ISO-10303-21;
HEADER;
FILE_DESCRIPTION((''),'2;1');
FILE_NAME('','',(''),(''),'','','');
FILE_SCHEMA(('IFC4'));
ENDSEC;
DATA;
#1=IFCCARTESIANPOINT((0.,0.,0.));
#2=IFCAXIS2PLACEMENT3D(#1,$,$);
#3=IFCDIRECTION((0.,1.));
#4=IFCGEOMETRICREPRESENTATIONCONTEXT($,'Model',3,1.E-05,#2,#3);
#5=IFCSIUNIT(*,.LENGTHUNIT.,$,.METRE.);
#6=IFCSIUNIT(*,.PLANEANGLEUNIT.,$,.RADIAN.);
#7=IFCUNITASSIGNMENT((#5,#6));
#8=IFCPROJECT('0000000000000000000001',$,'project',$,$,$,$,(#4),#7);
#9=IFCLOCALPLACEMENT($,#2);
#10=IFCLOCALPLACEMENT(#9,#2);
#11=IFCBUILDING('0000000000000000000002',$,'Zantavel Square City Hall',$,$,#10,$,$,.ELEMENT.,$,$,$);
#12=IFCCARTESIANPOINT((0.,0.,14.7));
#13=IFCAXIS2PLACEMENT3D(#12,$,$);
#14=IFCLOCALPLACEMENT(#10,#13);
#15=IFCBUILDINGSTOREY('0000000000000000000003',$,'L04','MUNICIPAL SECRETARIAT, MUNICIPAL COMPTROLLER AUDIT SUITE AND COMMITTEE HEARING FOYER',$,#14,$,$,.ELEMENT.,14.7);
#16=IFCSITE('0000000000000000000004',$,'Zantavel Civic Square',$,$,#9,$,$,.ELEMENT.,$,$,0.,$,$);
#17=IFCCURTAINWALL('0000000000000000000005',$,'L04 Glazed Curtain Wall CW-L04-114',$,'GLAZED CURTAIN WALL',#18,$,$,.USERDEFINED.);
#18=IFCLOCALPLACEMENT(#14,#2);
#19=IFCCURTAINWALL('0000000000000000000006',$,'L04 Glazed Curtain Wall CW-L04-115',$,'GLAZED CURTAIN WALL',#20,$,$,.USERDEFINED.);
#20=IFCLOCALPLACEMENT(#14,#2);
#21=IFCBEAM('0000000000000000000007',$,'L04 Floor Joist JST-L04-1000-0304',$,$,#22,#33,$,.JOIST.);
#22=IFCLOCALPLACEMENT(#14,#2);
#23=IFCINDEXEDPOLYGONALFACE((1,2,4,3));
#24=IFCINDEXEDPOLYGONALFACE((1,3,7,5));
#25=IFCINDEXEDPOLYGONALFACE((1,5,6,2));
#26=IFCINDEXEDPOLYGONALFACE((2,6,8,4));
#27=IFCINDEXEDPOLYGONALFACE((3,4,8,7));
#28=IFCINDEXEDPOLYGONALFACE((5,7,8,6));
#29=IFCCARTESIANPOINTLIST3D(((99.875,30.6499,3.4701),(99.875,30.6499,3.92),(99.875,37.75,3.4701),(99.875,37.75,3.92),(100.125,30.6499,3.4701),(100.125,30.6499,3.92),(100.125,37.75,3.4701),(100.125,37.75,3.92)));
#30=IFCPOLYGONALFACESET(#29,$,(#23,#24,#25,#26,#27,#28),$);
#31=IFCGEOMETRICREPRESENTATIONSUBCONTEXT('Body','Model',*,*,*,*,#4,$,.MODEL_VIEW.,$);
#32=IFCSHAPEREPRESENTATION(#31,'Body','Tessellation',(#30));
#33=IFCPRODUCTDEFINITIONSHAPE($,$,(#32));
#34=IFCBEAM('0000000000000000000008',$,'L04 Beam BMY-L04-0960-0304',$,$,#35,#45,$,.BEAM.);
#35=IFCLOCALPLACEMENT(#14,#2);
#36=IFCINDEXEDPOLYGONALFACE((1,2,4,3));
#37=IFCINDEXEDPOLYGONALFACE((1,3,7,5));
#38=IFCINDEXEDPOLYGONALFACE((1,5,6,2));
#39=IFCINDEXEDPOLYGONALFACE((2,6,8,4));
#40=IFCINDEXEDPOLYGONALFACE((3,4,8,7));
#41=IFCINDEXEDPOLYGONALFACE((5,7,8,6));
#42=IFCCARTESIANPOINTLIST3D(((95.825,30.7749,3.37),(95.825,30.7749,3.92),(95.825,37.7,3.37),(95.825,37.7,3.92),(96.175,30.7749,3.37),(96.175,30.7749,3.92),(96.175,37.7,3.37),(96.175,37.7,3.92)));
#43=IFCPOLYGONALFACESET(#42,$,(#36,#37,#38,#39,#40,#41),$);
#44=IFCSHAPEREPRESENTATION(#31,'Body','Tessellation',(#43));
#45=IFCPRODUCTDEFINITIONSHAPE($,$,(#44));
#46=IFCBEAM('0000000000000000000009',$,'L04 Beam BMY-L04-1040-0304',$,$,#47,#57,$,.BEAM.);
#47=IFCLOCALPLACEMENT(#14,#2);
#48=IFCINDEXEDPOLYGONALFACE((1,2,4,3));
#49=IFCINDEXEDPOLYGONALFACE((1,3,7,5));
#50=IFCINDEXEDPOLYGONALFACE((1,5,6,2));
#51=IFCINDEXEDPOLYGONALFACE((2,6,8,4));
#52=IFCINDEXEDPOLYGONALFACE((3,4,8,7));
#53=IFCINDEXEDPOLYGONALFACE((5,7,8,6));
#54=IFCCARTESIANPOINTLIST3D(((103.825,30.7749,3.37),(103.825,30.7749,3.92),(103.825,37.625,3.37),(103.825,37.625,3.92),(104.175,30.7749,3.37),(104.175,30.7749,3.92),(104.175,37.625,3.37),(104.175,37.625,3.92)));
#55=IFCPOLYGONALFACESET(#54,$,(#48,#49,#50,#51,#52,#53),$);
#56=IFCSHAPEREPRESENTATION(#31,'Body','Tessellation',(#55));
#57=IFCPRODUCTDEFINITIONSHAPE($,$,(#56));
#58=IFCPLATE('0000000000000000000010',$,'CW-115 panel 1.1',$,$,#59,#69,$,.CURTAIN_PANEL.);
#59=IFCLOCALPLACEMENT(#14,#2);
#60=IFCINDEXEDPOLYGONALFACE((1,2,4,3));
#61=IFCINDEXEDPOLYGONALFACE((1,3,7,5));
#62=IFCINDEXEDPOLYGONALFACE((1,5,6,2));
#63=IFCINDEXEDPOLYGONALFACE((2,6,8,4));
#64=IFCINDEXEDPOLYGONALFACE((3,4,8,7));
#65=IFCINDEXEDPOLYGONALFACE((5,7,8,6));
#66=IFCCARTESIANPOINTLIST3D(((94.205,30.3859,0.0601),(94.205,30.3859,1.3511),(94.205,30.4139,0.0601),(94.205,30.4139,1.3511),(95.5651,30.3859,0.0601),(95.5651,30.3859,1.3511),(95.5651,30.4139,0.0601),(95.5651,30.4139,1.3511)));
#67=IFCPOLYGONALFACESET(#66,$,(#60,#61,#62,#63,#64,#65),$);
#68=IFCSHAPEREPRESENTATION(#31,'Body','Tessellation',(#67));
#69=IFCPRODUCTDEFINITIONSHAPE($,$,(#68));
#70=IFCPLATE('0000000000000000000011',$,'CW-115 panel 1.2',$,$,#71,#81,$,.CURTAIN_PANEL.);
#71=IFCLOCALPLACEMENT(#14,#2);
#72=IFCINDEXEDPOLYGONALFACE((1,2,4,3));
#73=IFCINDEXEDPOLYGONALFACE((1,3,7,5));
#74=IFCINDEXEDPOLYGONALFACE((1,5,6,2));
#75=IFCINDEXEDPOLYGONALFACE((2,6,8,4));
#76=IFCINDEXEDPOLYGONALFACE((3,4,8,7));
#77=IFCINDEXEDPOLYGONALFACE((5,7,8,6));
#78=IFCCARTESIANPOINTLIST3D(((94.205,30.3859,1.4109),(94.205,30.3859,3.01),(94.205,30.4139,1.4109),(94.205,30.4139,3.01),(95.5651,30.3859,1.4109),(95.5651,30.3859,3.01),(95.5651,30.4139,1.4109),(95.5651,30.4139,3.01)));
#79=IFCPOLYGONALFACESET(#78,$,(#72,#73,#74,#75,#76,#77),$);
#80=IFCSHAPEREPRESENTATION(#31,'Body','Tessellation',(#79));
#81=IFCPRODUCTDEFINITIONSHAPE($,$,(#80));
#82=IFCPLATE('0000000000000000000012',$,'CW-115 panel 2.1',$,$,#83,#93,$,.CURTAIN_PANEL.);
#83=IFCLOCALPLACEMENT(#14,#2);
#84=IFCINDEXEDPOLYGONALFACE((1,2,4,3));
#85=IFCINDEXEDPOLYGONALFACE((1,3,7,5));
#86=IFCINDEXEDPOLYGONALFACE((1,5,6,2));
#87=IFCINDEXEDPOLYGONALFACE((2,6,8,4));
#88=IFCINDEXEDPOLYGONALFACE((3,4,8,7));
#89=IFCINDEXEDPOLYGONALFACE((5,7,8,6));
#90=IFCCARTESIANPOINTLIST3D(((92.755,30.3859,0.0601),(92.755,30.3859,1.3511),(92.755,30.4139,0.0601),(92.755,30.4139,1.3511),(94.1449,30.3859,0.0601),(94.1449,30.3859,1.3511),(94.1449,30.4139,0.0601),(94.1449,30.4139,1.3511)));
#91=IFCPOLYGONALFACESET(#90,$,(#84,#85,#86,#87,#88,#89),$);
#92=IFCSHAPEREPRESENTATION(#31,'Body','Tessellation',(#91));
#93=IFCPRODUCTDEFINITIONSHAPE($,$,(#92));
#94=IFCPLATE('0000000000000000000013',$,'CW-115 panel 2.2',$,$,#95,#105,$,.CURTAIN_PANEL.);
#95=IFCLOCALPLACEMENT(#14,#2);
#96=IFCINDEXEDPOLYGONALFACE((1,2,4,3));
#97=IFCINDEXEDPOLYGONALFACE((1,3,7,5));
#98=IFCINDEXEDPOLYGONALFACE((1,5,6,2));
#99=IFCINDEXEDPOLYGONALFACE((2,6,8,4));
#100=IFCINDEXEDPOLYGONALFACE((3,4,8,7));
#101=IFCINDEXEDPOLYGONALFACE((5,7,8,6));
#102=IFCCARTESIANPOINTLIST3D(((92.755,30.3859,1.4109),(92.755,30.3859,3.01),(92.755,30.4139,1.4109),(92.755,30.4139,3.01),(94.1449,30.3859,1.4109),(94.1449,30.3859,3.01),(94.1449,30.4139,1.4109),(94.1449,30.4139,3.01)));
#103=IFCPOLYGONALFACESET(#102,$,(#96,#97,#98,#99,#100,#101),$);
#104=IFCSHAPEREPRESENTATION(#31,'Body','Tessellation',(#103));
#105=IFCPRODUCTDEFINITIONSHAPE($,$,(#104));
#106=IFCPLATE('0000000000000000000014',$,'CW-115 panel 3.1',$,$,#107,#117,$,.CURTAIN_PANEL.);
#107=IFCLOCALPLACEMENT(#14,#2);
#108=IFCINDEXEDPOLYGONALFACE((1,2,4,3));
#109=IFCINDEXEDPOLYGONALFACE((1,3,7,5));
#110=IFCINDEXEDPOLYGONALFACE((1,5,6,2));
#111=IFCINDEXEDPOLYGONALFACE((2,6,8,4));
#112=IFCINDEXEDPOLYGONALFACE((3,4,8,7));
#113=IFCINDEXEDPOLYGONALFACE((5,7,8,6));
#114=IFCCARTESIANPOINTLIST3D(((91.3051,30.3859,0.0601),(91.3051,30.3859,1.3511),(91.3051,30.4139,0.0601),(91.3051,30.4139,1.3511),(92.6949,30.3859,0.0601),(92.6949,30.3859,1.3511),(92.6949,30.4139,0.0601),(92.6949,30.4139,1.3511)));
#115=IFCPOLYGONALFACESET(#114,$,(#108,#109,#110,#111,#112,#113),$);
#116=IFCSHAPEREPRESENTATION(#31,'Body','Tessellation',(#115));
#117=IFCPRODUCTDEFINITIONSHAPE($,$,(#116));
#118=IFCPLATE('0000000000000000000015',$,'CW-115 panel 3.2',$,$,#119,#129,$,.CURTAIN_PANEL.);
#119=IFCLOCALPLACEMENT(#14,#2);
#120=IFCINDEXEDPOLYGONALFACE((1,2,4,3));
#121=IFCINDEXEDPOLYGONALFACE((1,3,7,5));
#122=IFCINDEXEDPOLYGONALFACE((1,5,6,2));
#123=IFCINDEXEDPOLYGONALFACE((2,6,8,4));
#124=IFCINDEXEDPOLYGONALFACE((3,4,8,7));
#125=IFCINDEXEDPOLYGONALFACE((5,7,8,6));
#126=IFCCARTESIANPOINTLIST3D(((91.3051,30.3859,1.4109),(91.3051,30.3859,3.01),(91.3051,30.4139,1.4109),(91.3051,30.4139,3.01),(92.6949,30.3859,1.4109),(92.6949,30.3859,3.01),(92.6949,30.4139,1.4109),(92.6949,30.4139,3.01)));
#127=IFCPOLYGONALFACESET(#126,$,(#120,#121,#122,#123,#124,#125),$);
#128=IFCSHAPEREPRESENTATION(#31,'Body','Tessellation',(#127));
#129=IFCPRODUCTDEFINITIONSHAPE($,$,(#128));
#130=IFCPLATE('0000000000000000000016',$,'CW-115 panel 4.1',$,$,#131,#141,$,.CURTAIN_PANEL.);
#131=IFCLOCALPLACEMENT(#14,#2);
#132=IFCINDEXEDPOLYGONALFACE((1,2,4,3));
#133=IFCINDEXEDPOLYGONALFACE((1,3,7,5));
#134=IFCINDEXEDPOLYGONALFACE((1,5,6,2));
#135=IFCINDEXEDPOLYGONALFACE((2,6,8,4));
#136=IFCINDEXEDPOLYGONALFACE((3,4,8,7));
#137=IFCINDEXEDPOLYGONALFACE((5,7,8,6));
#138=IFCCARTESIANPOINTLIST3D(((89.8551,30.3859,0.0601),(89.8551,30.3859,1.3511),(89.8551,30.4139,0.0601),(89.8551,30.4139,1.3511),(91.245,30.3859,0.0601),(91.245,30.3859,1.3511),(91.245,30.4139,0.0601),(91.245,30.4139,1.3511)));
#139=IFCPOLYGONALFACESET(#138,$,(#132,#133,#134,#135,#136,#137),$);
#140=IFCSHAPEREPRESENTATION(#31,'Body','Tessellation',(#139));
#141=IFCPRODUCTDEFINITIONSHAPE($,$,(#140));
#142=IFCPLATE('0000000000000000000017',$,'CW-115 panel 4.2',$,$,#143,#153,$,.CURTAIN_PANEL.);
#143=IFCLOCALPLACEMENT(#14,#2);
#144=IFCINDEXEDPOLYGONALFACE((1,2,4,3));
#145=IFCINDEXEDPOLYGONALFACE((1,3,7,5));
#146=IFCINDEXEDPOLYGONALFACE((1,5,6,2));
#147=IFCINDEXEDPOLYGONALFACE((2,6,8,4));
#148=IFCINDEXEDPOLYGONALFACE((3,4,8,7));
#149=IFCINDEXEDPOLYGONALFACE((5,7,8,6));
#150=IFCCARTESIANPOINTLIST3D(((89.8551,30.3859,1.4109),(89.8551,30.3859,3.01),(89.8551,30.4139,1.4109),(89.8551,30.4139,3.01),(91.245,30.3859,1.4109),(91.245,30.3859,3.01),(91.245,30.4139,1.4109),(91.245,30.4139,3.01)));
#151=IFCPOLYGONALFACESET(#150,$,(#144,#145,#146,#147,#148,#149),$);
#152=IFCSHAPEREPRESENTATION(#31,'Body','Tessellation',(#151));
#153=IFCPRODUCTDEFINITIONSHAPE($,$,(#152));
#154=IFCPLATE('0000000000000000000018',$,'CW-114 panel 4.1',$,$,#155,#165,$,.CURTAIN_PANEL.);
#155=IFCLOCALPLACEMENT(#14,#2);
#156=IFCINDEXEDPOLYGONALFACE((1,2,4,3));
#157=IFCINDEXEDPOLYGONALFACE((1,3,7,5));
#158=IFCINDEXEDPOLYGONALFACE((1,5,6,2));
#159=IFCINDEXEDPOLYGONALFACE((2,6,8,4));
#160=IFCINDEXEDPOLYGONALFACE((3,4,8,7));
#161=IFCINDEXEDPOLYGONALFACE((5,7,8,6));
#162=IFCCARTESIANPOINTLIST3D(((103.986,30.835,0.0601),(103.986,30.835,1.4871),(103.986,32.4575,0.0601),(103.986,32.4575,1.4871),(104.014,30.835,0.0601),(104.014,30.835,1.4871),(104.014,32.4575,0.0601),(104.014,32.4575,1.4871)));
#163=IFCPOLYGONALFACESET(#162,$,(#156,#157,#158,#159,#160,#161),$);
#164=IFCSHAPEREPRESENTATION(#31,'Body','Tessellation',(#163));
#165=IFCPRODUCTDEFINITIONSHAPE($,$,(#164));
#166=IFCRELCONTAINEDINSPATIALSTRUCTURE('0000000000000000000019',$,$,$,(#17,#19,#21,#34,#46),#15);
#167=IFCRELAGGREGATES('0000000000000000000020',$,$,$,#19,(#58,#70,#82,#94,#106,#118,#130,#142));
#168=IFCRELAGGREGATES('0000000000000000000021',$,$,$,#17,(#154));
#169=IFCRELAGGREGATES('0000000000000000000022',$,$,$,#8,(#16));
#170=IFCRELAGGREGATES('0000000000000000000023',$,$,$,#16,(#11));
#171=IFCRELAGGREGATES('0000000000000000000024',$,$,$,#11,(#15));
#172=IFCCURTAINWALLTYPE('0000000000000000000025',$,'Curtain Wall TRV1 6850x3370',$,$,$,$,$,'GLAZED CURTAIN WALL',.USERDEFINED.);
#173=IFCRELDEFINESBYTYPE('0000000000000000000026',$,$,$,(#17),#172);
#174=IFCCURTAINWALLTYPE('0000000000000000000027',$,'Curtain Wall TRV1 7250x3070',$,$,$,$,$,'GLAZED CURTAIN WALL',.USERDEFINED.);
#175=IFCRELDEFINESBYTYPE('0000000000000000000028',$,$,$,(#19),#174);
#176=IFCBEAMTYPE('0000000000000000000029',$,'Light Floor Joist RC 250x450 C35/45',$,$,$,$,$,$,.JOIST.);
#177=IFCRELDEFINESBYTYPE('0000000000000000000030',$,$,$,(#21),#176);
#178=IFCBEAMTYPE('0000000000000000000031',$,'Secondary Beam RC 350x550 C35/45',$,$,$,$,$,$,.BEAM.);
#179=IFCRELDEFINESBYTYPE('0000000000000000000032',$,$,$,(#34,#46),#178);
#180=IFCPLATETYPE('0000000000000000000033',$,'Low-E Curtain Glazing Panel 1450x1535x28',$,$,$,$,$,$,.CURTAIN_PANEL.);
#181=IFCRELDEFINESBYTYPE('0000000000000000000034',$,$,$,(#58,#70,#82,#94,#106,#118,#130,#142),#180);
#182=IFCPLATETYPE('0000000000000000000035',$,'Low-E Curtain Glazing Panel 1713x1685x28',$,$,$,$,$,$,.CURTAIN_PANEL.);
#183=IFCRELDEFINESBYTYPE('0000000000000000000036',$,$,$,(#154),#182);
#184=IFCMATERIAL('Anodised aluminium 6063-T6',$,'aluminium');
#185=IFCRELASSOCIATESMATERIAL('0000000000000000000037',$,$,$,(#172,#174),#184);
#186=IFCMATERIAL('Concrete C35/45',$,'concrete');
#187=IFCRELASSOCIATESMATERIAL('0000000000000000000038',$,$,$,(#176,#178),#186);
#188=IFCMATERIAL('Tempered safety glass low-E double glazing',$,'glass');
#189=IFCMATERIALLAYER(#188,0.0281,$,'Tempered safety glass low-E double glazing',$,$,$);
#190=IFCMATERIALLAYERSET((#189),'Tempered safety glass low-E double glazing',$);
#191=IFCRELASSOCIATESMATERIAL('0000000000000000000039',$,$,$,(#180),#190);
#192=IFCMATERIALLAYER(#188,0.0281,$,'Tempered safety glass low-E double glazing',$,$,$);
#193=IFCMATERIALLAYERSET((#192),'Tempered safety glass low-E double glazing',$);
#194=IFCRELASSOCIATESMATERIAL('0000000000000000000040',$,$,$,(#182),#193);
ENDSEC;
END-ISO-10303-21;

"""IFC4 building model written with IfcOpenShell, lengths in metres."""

from ifc_helpers import new_model, si_unit, direction, frame, origin, origin_2d, place, context, subcontext, project, spatial, rectangle, extrude, material, layer, layer_set, material_profile, profile_set, type_object, element, aggregate, save


model = new_model("IFC4")

# Units and contexts
model_context = context("Model", 3, precision=1e-05, world=origin(), true_north=direction((0.0, 1.0)))
body_context = subcontext(model_context, "Body", "Model", "MODEL_VIEW")
ifc_project = project(units=[si_unit("LENGTHUNIT", "METRE"), si_unit("PLANEANGLEUNIT", "RADIAN")], contexts=[model_context])

# Site, building, storey
site_placement = place(None, origin())
site = spatial("IfcSite", under=ifc_project, at=site_placement, Name="Zantavel Civic Square", CompositionType="ELEMENT", RefElevation=0.0)
building_placement = place(site_placement, origin())
building = spatial("IfcBuilding", under=site, at=building_placement, Name="Zantavel Square City Hall", CompositionType="ELEMENT")
storey_placement = place(building_placement, frame((0.0, 0.0, 14.7)))
storey = spatial("IfcBuildingStorey", under=building, at=storey_placement, Name="L04", Description="MUNICIPAL SECRETARIAT, MUNICIPAL COMPTROLLER AUDIT SUITE AND COMMITTEE HEARING FOYER", CompositionType="ELEMENT", Elevation=14.7)

# Curtain wall
ifc_material_1 = material(Name="Anodised aluminium 6063-T6", Category="aluminium")
curtain_wall_type_1 = type_object("IfcCurtainWallType", Name="Curtain Wall TRV1 6850x3370", ElementType="GLAZED CURTAIN WALL", PredefinedType="USERDEFINED", material=ifc_material_1)
curtain_wall_1_placement = place(storey_placement, origin())
curtain_wall_1 = element("IfcCurtainWall", 1, at=curtain_wall_1_placement, inside=storey, type_object=curtain_wall_type_1, Name="L04 Glazed Curtain Wall CW-L04-114", ObjectType="GLAZED CURTAIN WALL", PredefinedType="USERDEFINED")

# Curtain wall
curtain_wall_type_2 = type_object("IfcCurtainWallType", Name="Curtain Wall TRV1 7250x3070", ElementType="GLAZED CURTAIN WALL", PredefinedType="USERDEFINED", material=ifc_material_1)
curtain_wall_2_placement = place(storey_placement, origin())
curtain_wall_2 = element("IfcCurtainWall", 2, at=curtain_wall_2_placement, inside=storey, type_object=curtain_wall_type_2, Name="L04 Glazed Curtain Wall CW-L04-115", ObjectType="GLAZED CURTAIN WALL", PredefinedType="USERDEFINED")

# Beams
ifc_material_2 = material(Name="Concrete C35/45", Category="concrete")
ifc_material_profile_1 = material_profile(ifc_material_2, rectangle(XDim=0.25, YDim=0.45, at=origin_2d()), Name="RC 250x450")
ifc_profile_set_1 = profile_set([ifc_material_profile_1], Name="Concrete C35/45")
beam_type_1 = type_object("IfcBeamType", Name="Light Floor Joist RC 250x450 C35/45", PredefinedType="JOIST", material=ifc_profile_set_1)
for number, where, z_axis, x_axis, name in (
    (3, (100.0, 30.6499, 3.6951), (0.0, 1.0, 0.0), (-1.0, 0.0, 0.0), "L04 Floor Joist JST-L04-1000-0304"),
):
    element("IfcBeam", number, at=place(storey_placement, frame(where, z_axis=z_axis, x_axis=x_axis)), inside=storey, type_object=beam_type_1, Name=name, PredefinedType="JOIST", context=body_context, shape_type="SweptSolid", body=[
        extrude(rectangle(XDim=0.25, YDim=0.45, at=origin_2d()), origin(), (0.0, 0.0, 1.0), 7.1001),
    ])
ifc_material_profile_2 = material_profile(ifc_material_2, rectangle(XDim=0.3501, YDim=0.55, at=origin_2d()), Name="RC 350x550")
ifc_profile_set_2 = profile_set([ifc_material_profile_2], Name="Concrete C35/45")
beam_type_2 = type_object("IfcBeamType", Name="Secondary Beam RC 350x550 C35/45", PredefinedType="BEAM", material=ifc_profile_set_2)
beam_1_placement = place(storey_placement, frame((96.0, 30.7749, 3.645), z_axis=(0.0, 1.0, 0.0), x_axis=(-1.0, 0.0, 0.0)))
element("IfcBeam", 4, at=beam_1_placement, inside=storey, type_object=beam_type_2, Name="L04 Beam BMY-L04-0960-0304", PredefinedType="BEAM", context=body_context, shape_type="SweptSolid", body=[
    extrude(rectangle(XDim=0.3501, YDim=0.55, at=origin_2d()), origin(), (0.0, 0.0, 1.0), 6.925),
])
beam_2_placement = place(storey_placement, frame((104.0, 30.7749, 3.645), z_axis=(0.0, 1.0, 0.0), x_axis=(-1.0, 0.0, 0.0)))
element("IfcBeam", 5, at=beam_2_placement, inside=storey, type_object=beam_type_2, Name="L04 Beam BMY-L04-1040-0304", PredefinedType="BEAM", context=body_context, shape_type="SweptSolid", body=[
    extrude(rectangle(XDim=0.3501, YDim=0.55, at=origin_2d()), origin(), (0.0, 0.0, 1.0), 6.8501),
])

# Plates
ifc_material_3 = material(Name="Tempered safety glass low-E double glazing", Category="glass")
ifc_layer_1 = layer(ifc_material_3, 0.0281, Name="Tempered safety glass low-E double glazing")
ifc_layer_set_1 = layer_set([ifc_layer_1], Name="Tempered safety glass low-E double glazing")
plate_type_1 = type_object("IfcPlateType", Name="Low-E Curtain Glazing Panel 1450x1535x28", PredefinedType="CURTAIN_PANEL", material=ifc_layer_set_1)
plate_1_placement = place(storey_placement, frame((94.885, 30.3999, 0.0601), z_axis=(0.0, 0.0, 1.0), x_axis=(-1.0, 0.0, 0.0)))
plate_1 = element("IfcPlate", 6, at=plate_1_placement, type_object=plate_type_1, Name="CW-115 panel 1.1", PredefinedType="CURTAIN_PANEL", context=body_context, shape_type="SweptSolid", body=[
    extrude(rectangle(XDim=1.3601, YDim=0.0281, at=origin_2d()), origin(), (0.0, 0.0, 1.0), 1.291),
])
plate_2_placement = place(storey_placement, frame((94.885, 30.3999, 1.4109), z_axis=(0.0, 0.0, 1.0), x_axis=(-1.0, 0.0, 0.0)))
plate_2 = element("IfcPlate", 7, at=plate_2_placement, type_object=plate_type_1, Name="CW-115 panel 1.2", PredefinedType="CURTAIN_PANEL", context=body_context, shape_type="SweptSolid", body=[
    extrude(rectangle(XDim=1.3601, YDim=0.0281, at=origin_2d()), origin(), (0.0, 0.0, 1.0), 1.5991),
])
plate_3_placement = place(storey_placement, frame((93.45, 30.3999, 0.0601), z_axis=(0.0, 0.0, 1.0), x_axis=(-1.0, 0.0, 0.0)))
plate_3 = element("IfcPlate", 8, at=plate_3_placement, type_object=plate_type_1, Name="CW-115 panel 2.1", PredefinedType="CURTAIN_PANEL", context=body_context, shape_type="SweptSolid", body=[
    extrude(rectangle(XDim=1.3899, YDim=0.0281, at=origin_2d()), origin(), (0.0, 0.0, 1.0), 1.291),
])
plate_4_placement = place(storey_placement, frame((93.45, 30.3999, 1.4109), z_axis=(0.0, 0.0, 1.0), x_axis=(-1.0, 0.0, 0.0)))
plate_4 = element("IfcPlate", 9, at=plate_4_placement, type_object=plate_type_1, Name="CW-115 panel 2.2", PredefinedType="CURTAIN_PANEL", context=body_context, shape_type="SweptSolid", body=[
    extrude(rectangle(XDim=1.3899, YDim=0.0281, at=origin_2d()), origin(), (0.0, 0.0, 1.0), 1.5991),
])
plate_5_placement = place(storey_placement, frame((92.0, 30.3999, 0.0601), z_axis=(0.0, 0.0, 1.0), x_axis=(-1.0, 0.0, 0.0)))
plate_5 = element("IfcPlate", 10, at=plate_5_placement, type_object=plate_type_1, Name="CW-115 panel 3.1", PredefinedType="CURTAIN_PANEL", context=body_context, shape_type="SweptSolid", body=[
    extrude(rectangle(XDim=1.3899, YDim=0.0281, at=origin_2d()), origin(), (0.0, 0.0, 1.0), 1.291),
])
plate_6_placement = place(storey_placement, frame((92.0, 30.3999, 1.4109), z_axis=(0.0, 0.0, 1.0), x_axis=(-1.0, 0.0, 0.0)))
plate_6 = element("IfcPlate", 11, at=plate_6_placement, type_object=plate_type_1, Name="CW-115 panel 3.2", PredefinedType="CURTAIN_PANEL", context=body_context, shape_type="SweptSolid", body=[
    extrude(rectangle(XDim=1.3899, YDim=0.0281, at=origin_2d()), origin(), (0.0, 0.0, 1.0), 1.5991),
])
plate_7_placement = place(storey_placement, frame((90.55, 30.3999, 0.0601), z_axis=(0.0, 0.0, 1.0), x_axis=(-1.0, 0.0, 0.0)))
plate_7 = element("IfcPlate", 12, at=plate_7_placement, type_object=plate_type_1, Name="CW-115 panel 4.1", PredefinedType="CURTAIN_PANEL", context=body_context, shape_type="SweptSolid", body=[
    extrude(rectangle(XDim=1.3899, YDim=0.0281, at=origin_2d()), origin(), (0.0, 0.0, 1.0), 1.291),
])
plate_8_placement = place(storey_placement, frame((90.55, 30.3999, 1.4109), z_axis=(0.0, 0.0, 1.0), x_axis=(-1.0, 0.0, 0.0)))
plate_8 = element("IfcPlate", 13, at=plate_8_placement, type_object=plate_type_1, Name="CW-115 panel 4.2", PredefinedType="CURTAIN_PANEL", context=body_context, shape_type="SweptSolid", body=[
    extrude(rectangle(XDim=1.3899, YDim=0.0281, at=origin_2d()), origin(), (0.0, 0.0, 1.0), 1.5991),
])
aggregate(curtain_wall_2, [plate_1, plate_2, plate_3, plate_4, plate_5, plate_6, plate_7, plate_8])
ifc_layer_2 = layer(ifc_material_3, 0.0281, Name="Tempered safety glass low-E double glazing")
ifc_layer_set_2 = layer_set([ifc_layer_2], Name="Tempered safety glass low-E double glazing")
plate_type_2 = type_object("IfcPlateType", Name="Low-E Curtain Glazing Panel 1713x1685x28", PredefinedType="CURTAIN_PANEL", material=ifc_layer_set_2)
plate_9_placement = place(storey_placement, frame((104.0, 31.6462, 0.0601), z_axis=(0.0, 0.0, 1.0), x_axis=(0.0, -1.0, 0.0)))
plate_9 = element("IfcPlate", 14, at=plate_9_placement, type_object=plate_type_2, Name="CW-114 panel 4.1", PredefinedType="CURTAIN_PANEL", context=body_context, shape_type="SweptSolid", body=[
    extrude(rectangle(XDim=1.6226, YDim=0.0281, at=origin_2d()), origin(), (0.0, 0.0, 1.0), 1.427),
])
aggregate(curtain_wall_1, [plate_9])

save(model, "model.ifc")
